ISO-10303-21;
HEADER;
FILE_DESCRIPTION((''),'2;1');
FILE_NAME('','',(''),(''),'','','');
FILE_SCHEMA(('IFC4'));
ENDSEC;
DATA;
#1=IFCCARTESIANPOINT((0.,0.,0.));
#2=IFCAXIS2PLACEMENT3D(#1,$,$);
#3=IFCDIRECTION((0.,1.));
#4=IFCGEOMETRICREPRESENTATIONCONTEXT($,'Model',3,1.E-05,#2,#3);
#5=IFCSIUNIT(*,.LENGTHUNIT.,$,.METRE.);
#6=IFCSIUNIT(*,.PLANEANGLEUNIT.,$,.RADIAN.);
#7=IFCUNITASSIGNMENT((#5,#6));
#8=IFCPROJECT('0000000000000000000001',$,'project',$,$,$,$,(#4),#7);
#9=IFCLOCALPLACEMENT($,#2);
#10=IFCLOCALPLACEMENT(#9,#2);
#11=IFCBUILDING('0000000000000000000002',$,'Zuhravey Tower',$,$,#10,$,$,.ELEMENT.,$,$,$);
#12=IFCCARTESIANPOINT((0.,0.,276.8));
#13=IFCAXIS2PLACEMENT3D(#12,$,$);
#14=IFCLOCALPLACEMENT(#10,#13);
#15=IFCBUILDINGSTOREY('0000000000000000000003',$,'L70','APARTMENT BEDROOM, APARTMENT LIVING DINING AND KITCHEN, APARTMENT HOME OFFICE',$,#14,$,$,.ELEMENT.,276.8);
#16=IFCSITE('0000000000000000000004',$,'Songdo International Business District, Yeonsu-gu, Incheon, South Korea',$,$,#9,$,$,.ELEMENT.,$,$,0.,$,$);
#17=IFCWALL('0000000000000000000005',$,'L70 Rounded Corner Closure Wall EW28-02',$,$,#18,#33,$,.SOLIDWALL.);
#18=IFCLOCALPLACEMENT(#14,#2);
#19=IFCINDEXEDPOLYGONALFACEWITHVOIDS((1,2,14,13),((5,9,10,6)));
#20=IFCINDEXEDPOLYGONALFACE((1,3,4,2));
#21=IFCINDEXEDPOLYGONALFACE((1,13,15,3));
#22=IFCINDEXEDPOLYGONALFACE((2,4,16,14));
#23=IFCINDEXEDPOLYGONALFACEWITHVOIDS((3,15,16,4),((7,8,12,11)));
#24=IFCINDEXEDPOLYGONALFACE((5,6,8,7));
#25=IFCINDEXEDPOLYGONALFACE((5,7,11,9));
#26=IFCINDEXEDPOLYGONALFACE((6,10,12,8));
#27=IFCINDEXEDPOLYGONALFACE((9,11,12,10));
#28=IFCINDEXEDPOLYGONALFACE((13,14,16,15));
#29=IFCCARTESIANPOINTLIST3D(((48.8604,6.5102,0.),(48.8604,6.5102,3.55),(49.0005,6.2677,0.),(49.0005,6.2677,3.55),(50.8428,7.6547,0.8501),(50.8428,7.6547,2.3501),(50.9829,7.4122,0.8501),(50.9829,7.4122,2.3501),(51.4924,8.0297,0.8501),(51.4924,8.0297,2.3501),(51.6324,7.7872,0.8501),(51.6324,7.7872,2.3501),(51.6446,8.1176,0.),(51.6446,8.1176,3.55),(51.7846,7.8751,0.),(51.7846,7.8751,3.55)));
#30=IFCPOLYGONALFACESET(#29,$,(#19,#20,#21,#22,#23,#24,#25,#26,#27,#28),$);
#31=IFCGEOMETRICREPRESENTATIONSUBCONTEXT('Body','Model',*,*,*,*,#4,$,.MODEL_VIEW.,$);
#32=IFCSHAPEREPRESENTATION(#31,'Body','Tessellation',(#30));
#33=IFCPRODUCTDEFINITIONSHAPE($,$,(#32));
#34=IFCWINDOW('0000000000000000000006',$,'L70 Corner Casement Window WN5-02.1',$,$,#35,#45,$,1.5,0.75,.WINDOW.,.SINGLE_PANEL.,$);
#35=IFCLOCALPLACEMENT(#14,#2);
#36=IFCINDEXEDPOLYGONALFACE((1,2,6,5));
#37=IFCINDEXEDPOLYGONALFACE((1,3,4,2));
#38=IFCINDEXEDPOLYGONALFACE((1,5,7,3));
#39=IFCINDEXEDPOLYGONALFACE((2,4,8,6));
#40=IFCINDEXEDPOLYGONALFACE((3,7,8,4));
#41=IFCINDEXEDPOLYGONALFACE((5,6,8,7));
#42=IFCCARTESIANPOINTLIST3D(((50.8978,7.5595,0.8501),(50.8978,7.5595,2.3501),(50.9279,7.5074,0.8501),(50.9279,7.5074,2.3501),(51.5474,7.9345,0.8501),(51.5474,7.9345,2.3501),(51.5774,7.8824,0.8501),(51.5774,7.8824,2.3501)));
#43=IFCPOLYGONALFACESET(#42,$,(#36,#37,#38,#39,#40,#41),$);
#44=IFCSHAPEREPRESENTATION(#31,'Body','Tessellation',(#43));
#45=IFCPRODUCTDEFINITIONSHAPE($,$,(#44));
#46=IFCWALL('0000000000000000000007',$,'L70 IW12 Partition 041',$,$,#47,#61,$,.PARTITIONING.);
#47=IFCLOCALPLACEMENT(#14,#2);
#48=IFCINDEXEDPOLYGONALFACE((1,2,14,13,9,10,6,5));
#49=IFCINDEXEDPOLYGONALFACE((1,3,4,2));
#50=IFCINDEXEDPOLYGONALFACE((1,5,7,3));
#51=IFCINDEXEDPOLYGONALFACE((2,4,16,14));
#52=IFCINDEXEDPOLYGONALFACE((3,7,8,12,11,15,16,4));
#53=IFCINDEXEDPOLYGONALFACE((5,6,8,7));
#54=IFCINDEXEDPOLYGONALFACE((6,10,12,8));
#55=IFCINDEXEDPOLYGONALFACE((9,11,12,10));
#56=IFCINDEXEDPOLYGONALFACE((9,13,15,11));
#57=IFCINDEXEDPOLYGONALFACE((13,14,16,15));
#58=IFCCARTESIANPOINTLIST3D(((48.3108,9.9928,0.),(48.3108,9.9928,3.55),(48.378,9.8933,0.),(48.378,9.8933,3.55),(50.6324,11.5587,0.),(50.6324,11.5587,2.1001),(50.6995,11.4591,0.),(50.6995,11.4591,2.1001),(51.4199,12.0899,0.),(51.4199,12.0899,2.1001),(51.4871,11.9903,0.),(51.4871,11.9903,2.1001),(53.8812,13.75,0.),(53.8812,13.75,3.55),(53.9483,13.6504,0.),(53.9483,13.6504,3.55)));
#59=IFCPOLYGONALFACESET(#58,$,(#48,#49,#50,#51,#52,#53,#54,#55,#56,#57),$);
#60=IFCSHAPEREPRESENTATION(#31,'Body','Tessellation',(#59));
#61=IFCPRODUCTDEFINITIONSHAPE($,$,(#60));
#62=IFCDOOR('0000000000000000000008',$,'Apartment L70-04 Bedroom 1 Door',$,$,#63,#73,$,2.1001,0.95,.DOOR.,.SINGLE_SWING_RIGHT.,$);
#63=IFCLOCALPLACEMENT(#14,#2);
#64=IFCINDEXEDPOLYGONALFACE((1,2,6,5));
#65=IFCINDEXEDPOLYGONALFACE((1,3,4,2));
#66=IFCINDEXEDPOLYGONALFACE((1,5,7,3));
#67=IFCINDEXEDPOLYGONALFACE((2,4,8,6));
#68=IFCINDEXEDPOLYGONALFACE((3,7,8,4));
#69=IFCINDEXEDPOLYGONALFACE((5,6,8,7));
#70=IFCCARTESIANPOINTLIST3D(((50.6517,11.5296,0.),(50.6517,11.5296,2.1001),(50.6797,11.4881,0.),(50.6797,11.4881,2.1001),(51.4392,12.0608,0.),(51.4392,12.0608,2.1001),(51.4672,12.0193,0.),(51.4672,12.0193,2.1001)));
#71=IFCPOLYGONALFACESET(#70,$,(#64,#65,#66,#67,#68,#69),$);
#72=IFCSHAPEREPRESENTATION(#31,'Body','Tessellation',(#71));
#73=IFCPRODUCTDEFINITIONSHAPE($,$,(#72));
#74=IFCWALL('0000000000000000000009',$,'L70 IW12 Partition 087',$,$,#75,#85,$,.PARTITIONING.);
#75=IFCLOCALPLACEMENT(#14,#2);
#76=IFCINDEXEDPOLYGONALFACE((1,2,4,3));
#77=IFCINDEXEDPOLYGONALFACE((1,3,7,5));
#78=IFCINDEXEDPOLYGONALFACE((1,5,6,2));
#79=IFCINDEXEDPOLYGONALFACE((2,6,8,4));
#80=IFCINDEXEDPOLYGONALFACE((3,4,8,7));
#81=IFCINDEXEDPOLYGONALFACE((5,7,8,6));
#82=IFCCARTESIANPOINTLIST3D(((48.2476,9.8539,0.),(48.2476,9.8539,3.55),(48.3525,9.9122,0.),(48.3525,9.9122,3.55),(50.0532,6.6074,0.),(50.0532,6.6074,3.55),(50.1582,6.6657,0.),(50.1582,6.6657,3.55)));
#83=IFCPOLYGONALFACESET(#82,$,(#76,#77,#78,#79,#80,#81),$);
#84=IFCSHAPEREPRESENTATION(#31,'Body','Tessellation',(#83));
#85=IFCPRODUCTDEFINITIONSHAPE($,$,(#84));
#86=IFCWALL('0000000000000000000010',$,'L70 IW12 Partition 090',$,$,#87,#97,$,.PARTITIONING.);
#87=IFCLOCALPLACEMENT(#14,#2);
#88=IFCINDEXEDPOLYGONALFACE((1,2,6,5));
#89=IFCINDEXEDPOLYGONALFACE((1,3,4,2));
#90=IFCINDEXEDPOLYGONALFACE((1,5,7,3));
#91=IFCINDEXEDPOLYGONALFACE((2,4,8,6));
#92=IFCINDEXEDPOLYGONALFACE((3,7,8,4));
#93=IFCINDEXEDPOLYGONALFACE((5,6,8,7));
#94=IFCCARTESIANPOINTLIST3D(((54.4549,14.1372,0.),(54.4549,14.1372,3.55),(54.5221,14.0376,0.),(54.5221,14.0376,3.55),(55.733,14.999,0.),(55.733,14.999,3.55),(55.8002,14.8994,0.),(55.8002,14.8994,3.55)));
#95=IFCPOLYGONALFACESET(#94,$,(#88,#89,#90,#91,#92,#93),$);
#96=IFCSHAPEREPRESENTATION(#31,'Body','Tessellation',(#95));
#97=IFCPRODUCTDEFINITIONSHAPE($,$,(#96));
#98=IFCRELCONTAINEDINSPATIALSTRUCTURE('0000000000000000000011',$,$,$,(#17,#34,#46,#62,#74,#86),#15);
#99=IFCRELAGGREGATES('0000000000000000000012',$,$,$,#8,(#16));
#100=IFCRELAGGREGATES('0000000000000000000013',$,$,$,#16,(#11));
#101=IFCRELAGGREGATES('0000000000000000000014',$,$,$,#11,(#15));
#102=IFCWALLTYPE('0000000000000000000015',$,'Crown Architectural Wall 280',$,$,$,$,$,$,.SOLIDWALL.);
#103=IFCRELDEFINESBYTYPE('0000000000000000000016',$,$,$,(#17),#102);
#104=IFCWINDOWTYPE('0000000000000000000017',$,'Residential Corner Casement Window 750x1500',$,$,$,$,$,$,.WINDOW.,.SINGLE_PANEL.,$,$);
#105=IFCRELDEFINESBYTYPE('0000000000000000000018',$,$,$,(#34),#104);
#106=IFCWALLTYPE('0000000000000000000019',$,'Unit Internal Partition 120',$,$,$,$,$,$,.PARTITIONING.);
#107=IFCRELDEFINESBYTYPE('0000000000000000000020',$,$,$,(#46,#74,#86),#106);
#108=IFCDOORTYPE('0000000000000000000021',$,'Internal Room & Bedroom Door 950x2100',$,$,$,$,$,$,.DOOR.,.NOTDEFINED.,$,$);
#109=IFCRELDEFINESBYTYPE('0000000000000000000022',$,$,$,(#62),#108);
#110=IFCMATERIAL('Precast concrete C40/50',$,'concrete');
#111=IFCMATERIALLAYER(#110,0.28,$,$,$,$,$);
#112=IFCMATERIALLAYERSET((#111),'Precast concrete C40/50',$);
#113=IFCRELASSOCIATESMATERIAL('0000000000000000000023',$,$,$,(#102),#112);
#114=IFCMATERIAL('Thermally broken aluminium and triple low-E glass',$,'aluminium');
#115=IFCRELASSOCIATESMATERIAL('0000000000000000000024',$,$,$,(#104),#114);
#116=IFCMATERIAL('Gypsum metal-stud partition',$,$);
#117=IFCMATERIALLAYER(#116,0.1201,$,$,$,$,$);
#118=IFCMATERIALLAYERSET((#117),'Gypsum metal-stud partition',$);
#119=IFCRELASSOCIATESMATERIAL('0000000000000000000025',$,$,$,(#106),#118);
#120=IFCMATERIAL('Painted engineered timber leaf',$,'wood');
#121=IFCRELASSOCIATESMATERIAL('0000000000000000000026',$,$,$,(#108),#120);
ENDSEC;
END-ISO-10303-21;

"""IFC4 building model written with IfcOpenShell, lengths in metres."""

from ifc_helpers import new_model, si_unit, direction, frame, frame_2d, origin, place, context, subcontext, project, spatial, rectangle, extrude, material, layer, layer_set, type_object, element, fill, save


model = new_model("IFC4")

# Units and contexts
model_context = context("Model", 3, precision=1e-05, world=origin(), true_north=direction((0.0, 1.0)))
body_context = subcontext(model_context, "Body", "Model", "MODEL_VIEW")
ifc_project = project(units=[si_unit("LENGTHUNIT", "METRE"), si_unit("PLANEANGLEUNIT", "RADIAN")], contexts=[model_context])

# Site, building, storey
site_placement = place(None, origin())
site = spatial("IfcSite", under=ifc_project, at=site_placement, Name="Songdo International Business District, Yeonsu-gu, Incheon, South Korea", CompositionType="ELEMENT", RefElevation=0.0)
building_placement = place(site_placement, origin())
building = spatial("IfcBuilding", under=site, at=building_placement, Name="Zuhravey Tower", CompositionType="ELEMENT")
storey_placement = place(building_placement, frame((0.0, 0.0, 276.8)))
storey = spatial("IfcBuildingStorey", under=building, at=storey_placement, Name="L70", Description="APARTMENT BEDROOM, APARTMENT LIVING DINING AND KITCHEN, APARTMENT HOME OFFICE", CompositionType="ELEMENT", Elevation=276.8)

# Wall, opening, window
ifc_material_1 = material(Name="Precast concrete C40/50", Category="concrete")
ifc_layer_1 = layer(ifc_material_1, 0.28)
ifc_layer_set_1 = layer_set([ifc_layer_1], Name="Precast concrete C40/50")
wall_type_1 = type_object("IfcWallType", Name="Crown Architectural Wall 280", PredefinedType="SOLIDWALL", material=ifc_layer_set_1)
wall_1_placement = place(storey_placement, frame((51.7146, 7.9963, 0.0), z_axis=(0.0, 0.0, 1.0), x_axis=(-0.866029, -0.499994, 0.0)))
wall_1 = element("IfcWall", 1, at=wall_1_placement, inside=storey, type_object=wall_type_1, Name="L70 Rounded Corner Closure Wall EW28-02", PredefinedType="SOLIDWALL", context=body_context, shape_type="SweptSolid", body=[
    extrude(rectangle(XDim=3.2148, YDim=0.28, at=frame_2d((1.6074, 0.0))), origin(), (0.0, 0.0, 1.0), 3.55),
])
opening_1_placement = place(wall_1_placement, frame((0.1758, 0.0, 0.8501)))
opening_1 = element("IfcOpeningElement", 2, at=opening_1_placement, cuts=wall_1, PredefinedType="OPENING", context=body_context, shape_type="SweptSolid", body=[
    extrude(rectangle(XDim=0.75, YDim=1.5, at=frame_2d((0.375, 0.75))), frame((0.0, 0.1521, 0.0), z_axis=(0.0, -1.0, 0.0), x_axis=(1.0, 0.0, 0.0)), (0.0, 0.0, 1.0), 0.304),
])
ifc_material_2 = material(Name="Thermally broken aluminium and triple low-E glass", Category="aluminium")
window_type = type_object("IfcWindowType", Name="Residential Corner Casement Window 750x1500", PartitioningType="SINGLE_PANEL", PredefinedType="WINDOW", material=ifc_material_2)
window_placement = place(opening_1_placement, origin())
window = element("IfcWindow", 3, at=window_placement, inside=storey, type_object=window_type, Name="L70 Corner Casement Window WN5-02.1", OverallHeight=1.5, OverallWidth=0.75, PartitioningType="SINGLE_PANEL", PredefinedType="WINDOW", context=body_context, shape_type="SweptSolid", body=[
    extrude(rectangle(XDim=0.75, YDim=1.5, at=frame_2d((0.375, 0.75))), frame((0.0, 0.03, 0.0), z_axis=(0.0, -1.0, 0.0), x_axis=(1.0, 0.0, 0.0)), (0.0, 0.0, 1.0), 0.0601),
])
fill(opening_1, window)

# Wall, opening, door
ifc_material_3 = material(Name="Gypsum metal-stud partition")
ifc_layer_2 = layer(ifc_material_3, 0.1201)
ifc_layer_set_2 = layer_set([ifc_layer_2], Name="Gypsum metal-stud partition")
wall_type_2 = type_object("IfcWallType", Name="Unit Internal Partition 120", PredefinedType="PARTITIONING", material=ifc_layer_set_2)
wall_2_placement = place(storey_placement, frame((48.3445, 9.9431, 0.0), z_axis=(0.0, 0.0, 1.0), x_axis=(0.829047, 0.559178, 0.0)))
wall_2 = element("IfcWall", 4, at=wall_2_placement, inside=storey, type_object=wall_type_2, Name="L70 IW12 Partition 041", PredefinedType="PARTITIONING", context=body_context, shape_type="SweptSolid", body=[
    extrude(rectangle(XDim=6.719, YDim=0.1201, at=frame_2d((3.3594, 0.0))), origin(), (0.0, 0.0, 1.0), 3.55),
])
opening_2_placement = place(wall_2_placement, frame((2.8, 0.0, 0.0)))
opening_2 = element("IfcOpeningElement", 5, at=opening_2_placement, cuts=wall_2, PredefinedType="OPENING", context=body_context, shape_type="SweptSolid", body=[
    extrude(rectangle(XDim=0.95, YDim=2.1001, at=frame_2d((0.4751, 1.05))), frame((0.0, 0.072, 0.0), z_axis=(0.0, -1.0, 0.0), x_axis=(1.0, 0.0, 0.0)), (0.0, 0.0, 1.0), 0.144),
])
ifc_material_4 = material(Name="Painted engineered timber leaf", Category="wood")
door_type = type_object("IfcDoorType", Name="Internal Room & Bedroom Door 950x2100", OperationType="NOTDEFINED", PredefinedType="DOOR", material=ifc_material_4)
door_placement = place(opening_2_placement, frame((0.95, 0.0, 0.0), z_axis=(0.0, 0.0, 1.0), x_axis=(-1.0, 0.0, 0.0)))
door = element("IfcDoor", 6, at=door_placement, inside=storey, type_object=door_type, Name="Apartment L70-04 Bedroom 1 Door", OperationType="SINGLE_SWING_RIGHT", OverallHeight=2.1001, OverallWidth=0.95, PredefinedType="DOOR", context=body_context, shape_type="SweptSolid", body=[
    extrude(rectangle(XDim=0.95, YDim=2.1001, at=frame_2d((0.4751, 1.05))), frame((0.0, 0.0249, 0.0), z_axis=(0.0, -1.0, 0.0), x_axis=(1.0, 0.0, 0.0)), (0.0, 0.0, 1.0), 0.05),
])
fill(opening_2, door)

# Walls
wall_3_placement = place(storey_placement, frame((48.3, 9.8831, 0.0), z_axis=(0.0, 0.0, 1.0), x_axis=(0.486056, -0.873928, 0.0)))
element("IfcWall", 7, at=wall_3_placement, inside=storey, type_object=wall_type_2, Name="L70 IW12 Partition 087", PredefinedType="PARTITIONING", context=body_context, shape_type="SweptSolid", body=[
    extrude(rectangle(XDim=3.7148, YDim=0.1201, at=frame_2d((1.8574, 0.0))), origin(), (0.0, 0.0, 1.0), 3.55),
])
wall_4_placement = place(storey_placement, frame((54.4885, 14.0874, 0.0), z_axis=(0.0, 0.0, 1.0), x_axis=(0.829115, 0.559078, 0.0)))
element("IfcWall", 8, at=wall_4_placement, inside=storey, type_object=wall_type_2, Name="L70 IW12 Partition 090", PredefinedType="PARTITIONING", context=body_context, shape_type="SweptSolid", body=[
    extrude(rectangle(XDim=1.5415, YDim=0.1201, at=frame_2d((0.7708, 0.0))), origin(), (0.0, 0.0, 1.0), 3.55),
])

save(model, "model.ifc")
